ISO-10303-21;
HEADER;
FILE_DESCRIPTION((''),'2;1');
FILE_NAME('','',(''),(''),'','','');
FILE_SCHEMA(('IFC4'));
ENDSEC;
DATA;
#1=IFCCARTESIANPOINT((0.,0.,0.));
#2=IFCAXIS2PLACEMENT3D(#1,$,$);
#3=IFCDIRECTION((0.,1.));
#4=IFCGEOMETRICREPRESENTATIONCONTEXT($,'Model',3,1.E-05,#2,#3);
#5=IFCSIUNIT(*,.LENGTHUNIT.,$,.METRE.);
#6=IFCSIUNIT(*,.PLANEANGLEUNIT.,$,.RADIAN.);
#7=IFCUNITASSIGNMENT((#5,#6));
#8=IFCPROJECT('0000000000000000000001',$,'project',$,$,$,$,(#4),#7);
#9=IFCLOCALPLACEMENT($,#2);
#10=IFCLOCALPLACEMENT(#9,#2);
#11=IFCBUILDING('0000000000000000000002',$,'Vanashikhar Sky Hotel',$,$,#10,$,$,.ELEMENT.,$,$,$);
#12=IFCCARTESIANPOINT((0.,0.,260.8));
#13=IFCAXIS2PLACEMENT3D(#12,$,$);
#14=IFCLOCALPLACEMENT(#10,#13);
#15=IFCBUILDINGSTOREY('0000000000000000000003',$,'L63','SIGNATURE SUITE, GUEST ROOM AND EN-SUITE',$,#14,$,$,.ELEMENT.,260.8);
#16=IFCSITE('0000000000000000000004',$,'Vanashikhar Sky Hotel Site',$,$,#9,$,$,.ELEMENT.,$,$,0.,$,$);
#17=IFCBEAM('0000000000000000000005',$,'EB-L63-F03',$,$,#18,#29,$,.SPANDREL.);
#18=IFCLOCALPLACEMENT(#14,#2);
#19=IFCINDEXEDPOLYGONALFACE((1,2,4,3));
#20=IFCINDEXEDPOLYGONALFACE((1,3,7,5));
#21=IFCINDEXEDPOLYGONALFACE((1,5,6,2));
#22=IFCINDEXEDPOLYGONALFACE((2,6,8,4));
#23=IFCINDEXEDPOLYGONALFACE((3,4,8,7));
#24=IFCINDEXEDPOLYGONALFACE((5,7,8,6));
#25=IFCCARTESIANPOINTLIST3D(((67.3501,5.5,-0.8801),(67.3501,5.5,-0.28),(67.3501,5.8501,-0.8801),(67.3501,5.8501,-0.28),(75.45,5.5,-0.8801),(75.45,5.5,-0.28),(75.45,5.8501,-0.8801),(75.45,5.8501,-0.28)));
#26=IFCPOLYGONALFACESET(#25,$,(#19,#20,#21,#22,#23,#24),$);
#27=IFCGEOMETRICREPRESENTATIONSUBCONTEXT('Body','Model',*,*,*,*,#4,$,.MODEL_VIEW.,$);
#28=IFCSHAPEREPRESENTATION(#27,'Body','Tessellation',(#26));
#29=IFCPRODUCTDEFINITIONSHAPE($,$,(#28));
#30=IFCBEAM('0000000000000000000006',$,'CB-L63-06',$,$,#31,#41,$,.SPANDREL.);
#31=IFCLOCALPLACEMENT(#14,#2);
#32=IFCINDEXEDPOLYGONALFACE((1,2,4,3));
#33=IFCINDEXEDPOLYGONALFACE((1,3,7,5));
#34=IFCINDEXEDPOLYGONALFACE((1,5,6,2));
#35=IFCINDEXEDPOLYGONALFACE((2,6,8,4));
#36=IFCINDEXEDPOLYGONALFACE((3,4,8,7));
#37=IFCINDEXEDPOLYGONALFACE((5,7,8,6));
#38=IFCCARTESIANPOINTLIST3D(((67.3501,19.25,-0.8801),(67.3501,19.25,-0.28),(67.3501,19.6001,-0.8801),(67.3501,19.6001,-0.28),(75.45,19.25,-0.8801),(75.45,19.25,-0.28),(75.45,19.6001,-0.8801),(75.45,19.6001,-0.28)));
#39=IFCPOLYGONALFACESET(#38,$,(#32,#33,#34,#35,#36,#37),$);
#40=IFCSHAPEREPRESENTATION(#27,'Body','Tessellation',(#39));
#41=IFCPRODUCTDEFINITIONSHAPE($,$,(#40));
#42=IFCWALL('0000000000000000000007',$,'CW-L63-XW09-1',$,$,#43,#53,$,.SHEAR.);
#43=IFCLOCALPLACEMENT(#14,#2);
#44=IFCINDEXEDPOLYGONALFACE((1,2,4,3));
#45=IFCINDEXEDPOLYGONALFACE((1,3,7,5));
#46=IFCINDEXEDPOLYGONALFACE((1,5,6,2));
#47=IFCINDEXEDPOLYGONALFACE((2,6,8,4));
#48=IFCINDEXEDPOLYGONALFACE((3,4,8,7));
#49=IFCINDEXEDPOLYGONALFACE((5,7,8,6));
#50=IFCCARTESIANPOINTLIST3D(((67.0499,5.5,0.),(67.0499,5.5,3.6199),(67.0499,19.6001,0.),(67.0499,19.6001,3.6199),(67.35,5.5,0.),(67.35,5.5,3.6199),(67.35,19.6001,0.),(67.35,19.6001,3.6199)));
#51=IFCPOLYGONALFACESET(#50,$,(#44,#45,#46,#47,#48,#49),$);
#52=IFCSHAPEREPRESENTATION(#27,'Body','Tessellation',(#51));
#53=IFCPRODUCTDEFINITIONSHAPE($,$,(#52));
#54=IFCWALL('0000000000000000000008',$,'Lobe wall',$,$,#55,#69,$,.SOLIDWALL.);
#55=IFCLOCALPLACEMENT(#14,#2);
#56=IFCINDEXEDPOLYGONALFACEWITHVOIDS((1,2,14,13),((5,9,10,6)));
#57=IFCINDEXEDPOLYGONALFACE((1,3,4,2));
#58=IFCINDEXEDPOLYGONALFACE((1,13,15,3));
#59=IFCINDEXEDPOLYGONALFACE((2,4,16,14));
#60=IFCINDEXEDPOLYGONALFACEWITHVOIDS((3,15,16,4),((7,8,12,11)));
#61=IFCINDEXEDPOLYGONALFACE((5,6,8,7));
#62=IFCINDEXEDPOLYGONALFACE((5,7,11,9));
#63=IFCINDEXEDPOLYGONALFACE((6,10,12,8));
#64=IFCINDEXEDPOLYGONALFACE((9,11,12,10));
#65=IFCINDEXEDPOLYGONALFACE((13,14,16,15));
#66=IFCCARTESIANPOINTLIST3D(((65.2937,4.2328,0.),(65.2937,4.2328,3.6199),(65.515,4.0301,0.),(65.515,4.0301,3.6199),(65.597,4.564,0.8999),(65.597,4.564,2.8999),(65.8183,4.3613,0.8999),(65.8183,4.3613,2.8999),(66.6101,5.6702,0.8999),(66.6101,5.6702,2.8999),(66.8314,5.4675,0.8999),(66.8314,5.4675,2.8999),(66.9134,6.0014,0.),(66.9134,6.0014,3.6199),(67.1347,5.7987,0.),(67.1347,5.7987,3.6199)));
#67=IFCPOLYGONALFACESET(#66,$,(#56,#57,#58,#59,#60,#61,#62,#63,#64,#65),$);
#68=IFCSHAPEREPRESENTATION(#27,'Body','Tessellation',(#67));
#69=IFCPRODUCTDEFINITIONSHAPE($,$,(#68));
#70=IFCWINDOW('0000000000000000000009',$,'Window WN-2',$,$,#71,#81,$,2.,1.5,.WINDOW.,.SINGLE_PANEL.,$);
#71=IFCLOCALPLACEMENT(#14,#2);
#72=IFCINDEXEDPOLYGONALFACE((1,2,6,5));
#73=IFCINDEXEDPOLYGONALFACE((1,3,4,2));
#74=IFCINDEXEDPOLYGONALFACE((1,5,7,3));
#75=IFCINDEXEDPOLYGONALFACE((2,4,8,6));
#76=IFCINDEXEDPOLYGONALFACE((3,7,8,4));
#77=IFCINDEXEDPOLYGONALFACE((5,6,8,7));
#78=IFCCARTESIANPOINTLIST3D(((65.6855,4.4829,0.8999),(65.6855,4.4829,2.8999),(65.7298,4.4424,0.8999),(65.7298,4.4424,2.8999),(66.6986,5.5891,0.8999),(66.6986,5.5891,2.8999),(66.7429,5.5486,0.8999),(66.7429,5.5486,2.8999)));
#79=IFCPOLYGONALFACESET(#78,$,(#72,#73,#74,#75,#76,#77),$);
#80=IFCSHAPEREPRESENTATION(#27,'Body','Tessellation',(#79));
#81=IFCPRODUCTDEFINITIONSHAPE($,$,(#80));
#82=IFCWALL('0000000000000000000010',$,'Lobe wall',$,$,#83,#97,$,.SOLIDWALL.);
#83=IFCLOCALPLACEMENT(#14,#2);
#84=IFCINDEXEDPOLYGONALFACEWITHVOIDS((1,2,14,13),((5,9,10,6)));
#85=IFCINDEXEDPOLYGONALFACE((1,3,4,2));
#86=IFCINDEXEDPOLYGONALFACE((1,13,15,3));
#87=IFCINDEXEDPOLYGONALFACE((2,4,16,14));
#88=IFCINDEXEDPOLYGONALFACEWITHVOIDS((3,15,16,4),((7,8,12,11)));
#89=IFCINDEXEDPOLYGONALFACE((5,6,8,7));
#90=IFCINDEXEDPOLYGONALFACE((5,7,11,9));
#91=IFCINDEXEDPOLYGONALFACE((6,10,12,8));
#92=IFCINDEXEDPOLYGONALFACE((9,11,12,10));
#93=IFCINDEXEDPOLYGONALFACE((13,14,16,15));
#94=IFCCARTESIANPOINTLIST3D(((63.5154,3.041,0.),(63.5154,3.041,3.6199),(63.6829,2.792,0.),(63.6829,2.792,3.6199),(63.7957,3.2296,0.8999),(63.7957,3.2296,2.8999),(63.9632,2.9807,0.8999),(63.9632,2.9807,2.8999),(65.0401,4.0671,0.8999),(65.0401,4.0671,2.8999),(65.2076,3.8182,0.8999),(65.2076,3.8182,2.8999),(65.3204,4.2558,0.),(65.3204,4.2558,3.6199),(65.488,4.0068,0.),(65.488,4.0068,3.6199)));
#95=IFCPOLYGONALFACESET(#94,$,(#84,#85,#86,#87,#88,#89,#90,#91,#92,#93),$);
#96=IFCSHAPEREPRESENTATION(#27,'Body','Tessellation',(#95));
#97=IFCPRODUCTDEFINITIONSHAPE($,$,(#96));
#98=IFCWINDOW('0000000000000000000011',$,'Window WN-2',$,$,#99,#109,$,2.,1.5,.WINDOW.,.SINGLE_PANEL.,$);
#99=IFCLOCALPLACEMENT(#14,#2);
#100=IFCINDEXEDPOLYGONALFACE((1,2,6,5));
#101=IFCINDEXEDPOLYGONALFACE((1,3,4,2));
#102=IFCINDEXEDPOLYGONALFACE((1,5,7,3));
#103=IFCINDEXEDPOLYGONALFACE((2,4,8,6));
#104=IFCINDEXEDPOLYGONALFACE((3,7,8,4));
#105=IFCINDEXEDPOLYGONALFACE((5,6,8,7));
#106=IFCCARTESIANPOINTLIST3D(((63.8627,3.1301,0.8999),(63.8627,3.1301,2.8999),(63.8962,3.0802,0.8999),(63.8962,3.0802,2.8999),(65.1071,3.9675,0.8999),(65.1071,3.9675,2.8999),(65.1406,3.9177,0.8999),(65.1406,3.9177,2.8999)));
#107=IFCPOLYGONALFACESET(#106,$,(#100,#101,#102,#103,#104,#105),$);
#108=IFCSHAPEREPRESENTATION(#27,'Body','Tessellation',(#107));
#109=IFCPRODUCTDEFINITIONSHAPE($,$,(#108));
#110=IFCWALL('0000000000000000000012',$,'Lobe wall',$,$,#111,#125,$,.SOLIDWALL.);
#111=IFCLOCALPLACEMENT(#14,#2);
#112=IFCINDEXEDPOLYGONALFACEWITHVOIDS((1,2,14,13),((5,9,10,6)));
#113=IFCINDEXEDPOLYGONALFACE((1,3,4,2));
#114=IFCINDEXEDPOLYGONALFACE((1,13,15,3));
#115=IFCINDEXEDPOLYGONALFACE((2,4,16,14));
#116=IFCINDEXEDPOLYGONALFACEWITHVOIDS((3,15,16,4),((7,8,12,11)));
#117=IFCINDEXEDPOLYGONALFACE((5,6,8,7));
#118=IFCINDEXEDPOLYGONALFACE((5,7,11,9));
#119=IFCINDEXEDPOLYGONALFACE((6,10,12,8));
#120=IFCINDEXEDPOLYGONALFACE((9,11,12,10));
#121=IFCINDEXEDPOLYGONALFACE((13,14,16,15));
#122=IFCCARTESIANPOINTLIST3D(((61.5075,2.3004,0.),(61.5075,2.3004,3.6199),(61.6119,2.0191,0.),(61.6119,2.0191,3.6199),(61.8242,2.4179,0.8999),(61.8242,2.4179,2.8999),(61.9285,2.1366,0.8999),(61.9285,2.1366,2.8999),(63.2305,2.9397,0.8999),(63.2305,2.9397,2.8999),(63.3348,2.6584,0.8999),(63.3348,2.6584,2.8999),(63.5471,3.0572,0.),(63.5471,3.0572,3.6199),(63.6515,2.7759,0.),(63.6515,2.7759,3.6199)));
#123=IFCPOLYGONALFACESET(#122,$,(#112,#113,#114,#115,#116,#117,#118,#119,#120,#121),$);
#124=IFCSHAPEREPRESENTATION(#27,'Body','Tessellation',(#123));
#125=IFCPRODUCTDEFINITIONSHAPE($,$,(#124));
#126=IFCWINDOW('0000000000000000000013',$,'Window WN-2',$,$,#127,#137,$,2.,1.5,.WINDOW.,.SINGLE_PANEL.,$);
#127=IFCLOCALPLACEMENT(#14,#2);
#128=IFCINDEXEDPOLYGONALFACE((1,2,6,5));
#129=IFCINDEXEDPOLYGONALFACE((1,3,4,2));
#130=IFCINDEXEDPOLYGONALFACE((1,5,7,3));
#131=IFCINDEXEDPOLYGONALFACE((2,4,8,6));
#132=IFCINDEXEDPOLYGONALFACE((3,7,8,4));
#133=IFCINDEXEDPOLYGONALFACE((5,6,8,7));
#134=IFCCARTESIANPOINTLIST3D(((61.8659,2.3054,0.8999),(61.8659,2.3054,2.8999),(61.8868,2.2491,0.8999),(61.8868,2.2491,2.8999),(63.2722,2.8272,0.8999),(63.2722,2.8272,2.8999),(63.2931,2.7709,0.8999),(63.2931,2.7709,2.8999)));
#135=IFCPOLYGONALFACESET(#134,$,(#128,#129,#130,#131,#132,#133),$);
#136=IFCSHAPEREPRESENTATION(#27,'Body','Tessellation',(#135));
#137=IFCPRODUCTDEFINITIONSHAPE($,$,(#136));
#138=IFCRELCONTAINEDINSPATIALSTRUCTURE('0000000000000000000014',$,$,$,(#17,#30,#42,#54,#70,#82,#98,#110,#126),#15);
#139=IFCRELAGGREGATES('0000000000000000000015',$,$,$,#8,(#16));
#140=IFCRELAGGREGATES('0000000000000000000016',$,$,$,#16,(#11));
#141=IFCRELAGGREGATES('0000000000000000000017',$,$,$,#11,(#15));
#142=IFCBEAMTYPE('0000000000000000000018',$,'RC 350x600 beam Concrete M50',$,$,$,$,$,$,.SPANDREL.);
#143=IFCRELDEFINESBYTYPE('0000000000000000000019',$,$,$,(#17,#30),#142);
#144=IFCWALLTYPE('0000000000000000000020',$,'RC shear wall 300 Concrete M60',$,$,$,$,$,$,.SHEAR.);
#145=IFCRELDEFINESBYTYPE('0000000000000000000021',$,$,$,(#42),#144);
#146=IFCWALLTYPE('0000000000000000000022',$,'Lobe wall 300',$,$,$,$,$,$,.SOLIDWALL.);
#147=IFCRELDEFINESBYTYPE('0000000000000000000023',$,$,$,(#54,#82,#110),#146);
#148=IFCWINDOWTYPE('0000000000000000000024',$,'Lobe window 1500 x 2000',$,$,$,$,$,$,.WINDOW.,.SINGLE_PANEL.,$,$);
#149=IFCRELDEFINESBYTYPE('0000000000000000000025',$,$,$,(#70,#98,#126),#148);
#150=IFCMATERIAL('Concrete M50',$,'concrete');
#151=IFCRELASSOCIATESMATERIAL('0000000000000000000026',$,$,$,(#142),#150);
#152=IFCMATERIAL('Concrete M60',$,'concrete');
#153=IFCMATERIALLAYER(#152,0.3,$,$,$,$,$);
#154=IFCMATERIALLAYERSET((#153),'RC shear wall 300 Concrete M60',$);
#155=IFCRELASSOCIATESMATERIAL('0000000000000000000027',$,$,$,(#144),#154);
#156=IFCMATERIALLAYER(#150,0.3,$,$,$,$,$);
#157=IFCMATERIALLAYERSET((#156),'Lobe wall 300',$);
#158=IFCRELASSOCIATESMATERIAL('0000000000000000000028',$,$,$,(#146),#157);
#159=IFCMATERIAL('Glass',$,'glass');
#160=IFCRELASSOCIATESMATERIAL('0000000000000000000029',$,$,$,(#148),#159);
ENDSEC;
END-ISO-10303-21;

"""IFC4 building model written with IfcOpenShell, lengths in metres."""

from ifc_helpers import new_model, si_unit, direction, frame, frame_2d, origin, origin_2d, place, context, subcontext, project, spatial, rectangle, extrude, source, transform, mapped, material, layer, layer_set, material_profile, profile_set, type_object, element, fill, save


model = new_model("IFC4")

# Units and contexts
model_context = context("Model", 3, precision=1e-05, world=origin(), true_north=direction((0.0, 1.0)))
body_context = subcontext(model_context, "Body", "Model", "MODEL_VIEW")
ifc_project = project(units=[si_unit("LENGTHUNIT", "METRE"), si_unit("PLANEANGLEUNIT", "RADIAN")], contexts=[model_context])

# Site, building, storey
site_placement = place(None, origin())
site = spatial("IfcSite", under=ifc_project, at=site_placement, Name="Vanashikhar Sky Hotel Site", CompositionType="ELEMENT", RefElevation=0.0)
building_placement = place(site_placement, origin())
building = spatial("IfcBuilding", under=site, at=building_placement, Name="Vanashikhar Sky Hotel", CompositionType="ELEMENT")
storey_placement = place(building_placement, frame((0.0, 0.0, 260.8)))
storey = spatial("IfcBuildingStorey", under=building, at=storey_placement, Name="L63", Description="SIGNATURE SUITE, GUEST ROOM AND EN-SUITE", CompositionType="ELEMENT", Elevation=260.8)

# Beams
ifc_material_1 = material(Name="Concrete M50", Category="concrete")
ifc_material_profile_1 = material_profile(ifc_material_1, rectangle(XDim=0.3501, YDim=0.6001, at=origin_2d()))
ifc_profile_set_1 = profile_set([ifc_material_profile_1], Name="RC 350x600 beam Concrete M50")
beam_type = type_object("IfcBeamType", Name="RC 350x600 beam Concrete M50", PredefinedType="SPANDREL", material=ifc_profile_set_1)
shared_shape_1 = source(origin(), body_context, "Body", "SweptSolid", [
    extrude(rectangle(XDim=0.3501, YDim=0.6001, at=origin_2d()), origin(), (0.0, 0.0, 1.0), 8.0999),
])
for number, where, z_axis, x_axis, name in (
    (1, (67.3501, 5.675, -0.5801), (1.0, 0.0, 0.0), (0.0, 1.0, 0.0), "EB-L63-F03"),
    (2, (67.3501, 19.425, -0.5801), (1.0, 0.0, 0.0), (0.0, 1.0, 0.0), "CB-L63-06"),
):
    element("IfcBeam", number, at=place(storey_placement, frame(where, z_axis=z_axis, x_axis=x_axis)), inside=storey, type_object=beam_type, Name=name, PredefinedType="SPANDREL", context=body_context, shape_type="MappedRepresentation", body=[
        mapped(shared_shape_1, transform((0.0, 0.0, 0.0), scale=1.0)),
    ])

# Wall
ifc_material_2 = material(Name="Concrete M60", Category="concrete")
ifc_layer_1 = layer(ifc_material_2, 0.3)
ifc_layer_set_1 = layer_set([ifc_layer_1], Name="RC shear wall 300 Concrete M60")
wall_type_1 = type_object("IfcWallType", Name="RC shear wall 300 Concrete M60", PredefinedType="SHEAR", material=ifc_layer_set_1)
shared_shape_2 = source(origin(), body_context, "Body", "SweptSolid", [
    extrude(rectangle(XDim=14.1001, YDim=0.3, at=frame_2d((7.05, 0.0))), origin(), (0.0, 0.0, 1.0), 3.6199),
])
wall_1_placement = place(storey_placement, frame((67.2, 5.5, 0.0), z_axis=(0.0, 0.0, 1.0), x_axis=(0.0, 1.0, 0.0)))
element("IfcWall", 3, at=wall_1_placement, inside=storey, type_object=wall_type_1, Name="CW-L63-XW09-1", PredefinedType="SHEAR", context=body_context, shape_type="MappedRepresentation", body=[
    mapped(shared_shape_2, transform((0.0, 0.0, 0.0), scale=1.0)),
])

# Shared definitions
ifc_material_3 = material(Name="Glass", Category="glass")

# Walls, openings, windows
ifc_layer_2 = layer(ifc_material_1, 0.3)
ifc_layer_set_2 = layer_set([ifc_layer_2], Name="Lobe wall 300")
wall_type_2 = type_object("IfcWallType", Name="Lobe wall 300", PredefinedType="SOLIDWALL", material=ifc_layer_set_2)
shared_shape_3 = source(origin(), body_context, "Body", "SweptSolid", [
    extrude(rectangle(XDim=2.3982, YDim=0.3, at=frame_2d((1.1992, 0.0))), origin(), (0.0, 0.0, 1.0), 3.6199),
])
wall_2_placement = place(storey_placement, frame((65.4043, 4.1313, 0.0), z_axis=(0.0, 0.0, 1.0), x_axis=(0.675374, 0.737475, 0.0)))
wall_2 = element("IfcWall", 4, at=wall_2_placement, inside=storey, type_object=wall_type_2, Name="Lobe wall", PredefinedType="SOLIDWALL", context=body_context, shape_type="MappedRepresentation", body=[
    mapped(shared_shape_3, transform((0.0, 0.0, 0.0), scale=1.0)),
])
shared_shape_4 = source(origin(), body_context, "Body", "SweptSolid", [
    extrude(rectangle(XDim=1.5, YDim=2.0, at=frame_2d((0.75, 1.0))), frame((0.0, 0.1602, 0.0), z_axis=(0.0, -1.0, 0.0), x_axis=(1.0, 0.0, 0.0)), (0.0, 0.0, 1.0), 0.3201),
])
opening_1_placement = place(wall_2_placement, frame((0.4492, 0.0, 0.8999)))
opening_1 = element("IfcOpeningElement", 5, at=opening_1_placement, cuts=wall_2, PredefinedType="OPENING", context=body_context, shape_type="MappedRepresentation", body=[
    mapped(shared_shape_4, transform((0.0, 0.0, 0.0), scale=1.0)),
])
window_type_1 = type_object("IfcWindowType", Name="Lobe window 1500 x 2000", PartitioningType="SINGLE_PANEL", PredefinedType="WINDOW", material=ifc_material_3)
shared_shape_5 = source(origin(), body_context, "Body", "SweptSolid", [
    extrude(rectangle(XDim=1.5, YDim=2.0, at=frame_2d((0.75, 1.0))), frame((0.0, 0.03, 0.0), z_axis=(0.0, -1.0, 0.0), x_axis=(1.0, 0.0, 0.0)), (0.0, 0.0, 1.0), 0.0601),
])
window_1_placement = place(opening_1_placement, origin())
window_1 = element("IfcWindow", 6, at=window_1_placement, inside=storey, type_object=window_type_1, Name="Window WN-2", OverallHeight=2.0, OverallWidth=1.5, PartitioningType="SINGLE_PANEL", PredefinedType="WINDOW", context=body_context, shape_type="MappedRepresentation", body=[
    mapped(shared_shape_5, transform((0.0, 0.0, 0.0), scale=1.0)),
])
fill(opening_1, window_1)
shared_shape_6 = source(origin(), body_context, "Body", "SweptSolid", [
    extrude(rectangle(XDim=2.1758, YDim=0.3, at=frame_2d((1.0879, 0.0))), origin(), (0.0, 0.0, 1.0), 3.6199),
])
wall_3_placement = place(storey_placement, frame((63.5991, 2.9165, 0.0), z_axis=(0.0, 0.0, 1.0), x_axis=(0.829626, 0.55832, 0.0)))
wall_3 = element("IfcWall", 7, at=wall_3_placement, inside=storey, type_object=wall_type_2, Name="Lobe wall", PredefinedType="SOLIDWALL", context=body_context, shape_type="MappedRepresentation", body=[
    mapped(shared_shape_6, transform((0.0, 0.0, 0.0), scale=1.0)),
])
opening_2_placement = place(wall_3_placement, frame((0.3379, 0.0, 0.8999)))
opening_2 = element("IfcOpeningElement", 8, at=opening_2_placement, cuts=wall_3, PredefinedType="OPENING", context=body_context, shape_type="MappedRepresentation", body=[
    mapped(shared_shape_4, transform((0.0, 0.0, 0.0), scale=1.0)),
])
window_2_placement = place(opening_2_placement, origin())
window_2 = element("IfcWindow", 9, at=window_2_placement, inside=storey, type_object=window_type_1, Name="Window WN-2", OverallHeight=2.0, OverallWidth=1.5, PartitioningType="SINGLE_PANEL", PredefinedType="WINDOW", context=body_context, shape_type="MappedRepresentation", body=[
    mapped(shared_shape_5, transform((0.0, 0.0, 0.0), scale=1.0)),
])
fill(opening_2, window_2)
shared_shape_7 = source(origin(), body_context, "Body", "SweptSolid", [
    extrude(rectangle(XDim=2.1755, YDim=0.3, at=frame_2d((1.0879, 0.0))), origin(), (0.0, 0.0, 1.0), 3.6199),
])
wall_4_placement = place(storey_placement, frame((61.5596, 2.1597, 0.0), z_axis=(0.0, 0.0, 1.0), x_axis=(0.937532, 0.347899, 0.0)))
wall_4 = element("IfcWall", 10, at=wall_4_placement, inside=storey, type_object=wall_type_2, Name="Lobe wall", PredefinedType="SOLIDWALL", context=body_context, shape_type="MappedRepresentation", body=[
    mapped(shared_shape_7, transform((0.0, 0.0, 0.0), scale=1.0)),
])
opening_3_placement = place(wall_4_placement, frame((0.3379, 0.0, 0.8999)))
opening_3 = element("IfcOpeningElement", 11, at=opening_3_placement, cuts=wall_4, PredefinedType="OPENING", context=body_context, shape_type="MappedRepresentation", body=[
    mapped(shared_shape_4, transform((0.0, 0.0, 0.0), scale=1.0)),
])
window_3_placement = place(opening_3_placement, origin())
window_3 = element("IfcWindow", 12, at=window_3_placement, inside=storey, type_object=window_type_1, Name="Window WN-2", OverallHeight=2.0, OverallWidth=1.5, PartitioningType="SINGLE_PANEL", PredefinedType="WINDOW", context=body_context, shape_type="MappedRepresentation", body=[
    mapped(shared_shape_5, transform((0.0, 0.0, 0.0), scale=1.0)),
])
fill(opening_3, window_3)

save(model, "model.ifc")
